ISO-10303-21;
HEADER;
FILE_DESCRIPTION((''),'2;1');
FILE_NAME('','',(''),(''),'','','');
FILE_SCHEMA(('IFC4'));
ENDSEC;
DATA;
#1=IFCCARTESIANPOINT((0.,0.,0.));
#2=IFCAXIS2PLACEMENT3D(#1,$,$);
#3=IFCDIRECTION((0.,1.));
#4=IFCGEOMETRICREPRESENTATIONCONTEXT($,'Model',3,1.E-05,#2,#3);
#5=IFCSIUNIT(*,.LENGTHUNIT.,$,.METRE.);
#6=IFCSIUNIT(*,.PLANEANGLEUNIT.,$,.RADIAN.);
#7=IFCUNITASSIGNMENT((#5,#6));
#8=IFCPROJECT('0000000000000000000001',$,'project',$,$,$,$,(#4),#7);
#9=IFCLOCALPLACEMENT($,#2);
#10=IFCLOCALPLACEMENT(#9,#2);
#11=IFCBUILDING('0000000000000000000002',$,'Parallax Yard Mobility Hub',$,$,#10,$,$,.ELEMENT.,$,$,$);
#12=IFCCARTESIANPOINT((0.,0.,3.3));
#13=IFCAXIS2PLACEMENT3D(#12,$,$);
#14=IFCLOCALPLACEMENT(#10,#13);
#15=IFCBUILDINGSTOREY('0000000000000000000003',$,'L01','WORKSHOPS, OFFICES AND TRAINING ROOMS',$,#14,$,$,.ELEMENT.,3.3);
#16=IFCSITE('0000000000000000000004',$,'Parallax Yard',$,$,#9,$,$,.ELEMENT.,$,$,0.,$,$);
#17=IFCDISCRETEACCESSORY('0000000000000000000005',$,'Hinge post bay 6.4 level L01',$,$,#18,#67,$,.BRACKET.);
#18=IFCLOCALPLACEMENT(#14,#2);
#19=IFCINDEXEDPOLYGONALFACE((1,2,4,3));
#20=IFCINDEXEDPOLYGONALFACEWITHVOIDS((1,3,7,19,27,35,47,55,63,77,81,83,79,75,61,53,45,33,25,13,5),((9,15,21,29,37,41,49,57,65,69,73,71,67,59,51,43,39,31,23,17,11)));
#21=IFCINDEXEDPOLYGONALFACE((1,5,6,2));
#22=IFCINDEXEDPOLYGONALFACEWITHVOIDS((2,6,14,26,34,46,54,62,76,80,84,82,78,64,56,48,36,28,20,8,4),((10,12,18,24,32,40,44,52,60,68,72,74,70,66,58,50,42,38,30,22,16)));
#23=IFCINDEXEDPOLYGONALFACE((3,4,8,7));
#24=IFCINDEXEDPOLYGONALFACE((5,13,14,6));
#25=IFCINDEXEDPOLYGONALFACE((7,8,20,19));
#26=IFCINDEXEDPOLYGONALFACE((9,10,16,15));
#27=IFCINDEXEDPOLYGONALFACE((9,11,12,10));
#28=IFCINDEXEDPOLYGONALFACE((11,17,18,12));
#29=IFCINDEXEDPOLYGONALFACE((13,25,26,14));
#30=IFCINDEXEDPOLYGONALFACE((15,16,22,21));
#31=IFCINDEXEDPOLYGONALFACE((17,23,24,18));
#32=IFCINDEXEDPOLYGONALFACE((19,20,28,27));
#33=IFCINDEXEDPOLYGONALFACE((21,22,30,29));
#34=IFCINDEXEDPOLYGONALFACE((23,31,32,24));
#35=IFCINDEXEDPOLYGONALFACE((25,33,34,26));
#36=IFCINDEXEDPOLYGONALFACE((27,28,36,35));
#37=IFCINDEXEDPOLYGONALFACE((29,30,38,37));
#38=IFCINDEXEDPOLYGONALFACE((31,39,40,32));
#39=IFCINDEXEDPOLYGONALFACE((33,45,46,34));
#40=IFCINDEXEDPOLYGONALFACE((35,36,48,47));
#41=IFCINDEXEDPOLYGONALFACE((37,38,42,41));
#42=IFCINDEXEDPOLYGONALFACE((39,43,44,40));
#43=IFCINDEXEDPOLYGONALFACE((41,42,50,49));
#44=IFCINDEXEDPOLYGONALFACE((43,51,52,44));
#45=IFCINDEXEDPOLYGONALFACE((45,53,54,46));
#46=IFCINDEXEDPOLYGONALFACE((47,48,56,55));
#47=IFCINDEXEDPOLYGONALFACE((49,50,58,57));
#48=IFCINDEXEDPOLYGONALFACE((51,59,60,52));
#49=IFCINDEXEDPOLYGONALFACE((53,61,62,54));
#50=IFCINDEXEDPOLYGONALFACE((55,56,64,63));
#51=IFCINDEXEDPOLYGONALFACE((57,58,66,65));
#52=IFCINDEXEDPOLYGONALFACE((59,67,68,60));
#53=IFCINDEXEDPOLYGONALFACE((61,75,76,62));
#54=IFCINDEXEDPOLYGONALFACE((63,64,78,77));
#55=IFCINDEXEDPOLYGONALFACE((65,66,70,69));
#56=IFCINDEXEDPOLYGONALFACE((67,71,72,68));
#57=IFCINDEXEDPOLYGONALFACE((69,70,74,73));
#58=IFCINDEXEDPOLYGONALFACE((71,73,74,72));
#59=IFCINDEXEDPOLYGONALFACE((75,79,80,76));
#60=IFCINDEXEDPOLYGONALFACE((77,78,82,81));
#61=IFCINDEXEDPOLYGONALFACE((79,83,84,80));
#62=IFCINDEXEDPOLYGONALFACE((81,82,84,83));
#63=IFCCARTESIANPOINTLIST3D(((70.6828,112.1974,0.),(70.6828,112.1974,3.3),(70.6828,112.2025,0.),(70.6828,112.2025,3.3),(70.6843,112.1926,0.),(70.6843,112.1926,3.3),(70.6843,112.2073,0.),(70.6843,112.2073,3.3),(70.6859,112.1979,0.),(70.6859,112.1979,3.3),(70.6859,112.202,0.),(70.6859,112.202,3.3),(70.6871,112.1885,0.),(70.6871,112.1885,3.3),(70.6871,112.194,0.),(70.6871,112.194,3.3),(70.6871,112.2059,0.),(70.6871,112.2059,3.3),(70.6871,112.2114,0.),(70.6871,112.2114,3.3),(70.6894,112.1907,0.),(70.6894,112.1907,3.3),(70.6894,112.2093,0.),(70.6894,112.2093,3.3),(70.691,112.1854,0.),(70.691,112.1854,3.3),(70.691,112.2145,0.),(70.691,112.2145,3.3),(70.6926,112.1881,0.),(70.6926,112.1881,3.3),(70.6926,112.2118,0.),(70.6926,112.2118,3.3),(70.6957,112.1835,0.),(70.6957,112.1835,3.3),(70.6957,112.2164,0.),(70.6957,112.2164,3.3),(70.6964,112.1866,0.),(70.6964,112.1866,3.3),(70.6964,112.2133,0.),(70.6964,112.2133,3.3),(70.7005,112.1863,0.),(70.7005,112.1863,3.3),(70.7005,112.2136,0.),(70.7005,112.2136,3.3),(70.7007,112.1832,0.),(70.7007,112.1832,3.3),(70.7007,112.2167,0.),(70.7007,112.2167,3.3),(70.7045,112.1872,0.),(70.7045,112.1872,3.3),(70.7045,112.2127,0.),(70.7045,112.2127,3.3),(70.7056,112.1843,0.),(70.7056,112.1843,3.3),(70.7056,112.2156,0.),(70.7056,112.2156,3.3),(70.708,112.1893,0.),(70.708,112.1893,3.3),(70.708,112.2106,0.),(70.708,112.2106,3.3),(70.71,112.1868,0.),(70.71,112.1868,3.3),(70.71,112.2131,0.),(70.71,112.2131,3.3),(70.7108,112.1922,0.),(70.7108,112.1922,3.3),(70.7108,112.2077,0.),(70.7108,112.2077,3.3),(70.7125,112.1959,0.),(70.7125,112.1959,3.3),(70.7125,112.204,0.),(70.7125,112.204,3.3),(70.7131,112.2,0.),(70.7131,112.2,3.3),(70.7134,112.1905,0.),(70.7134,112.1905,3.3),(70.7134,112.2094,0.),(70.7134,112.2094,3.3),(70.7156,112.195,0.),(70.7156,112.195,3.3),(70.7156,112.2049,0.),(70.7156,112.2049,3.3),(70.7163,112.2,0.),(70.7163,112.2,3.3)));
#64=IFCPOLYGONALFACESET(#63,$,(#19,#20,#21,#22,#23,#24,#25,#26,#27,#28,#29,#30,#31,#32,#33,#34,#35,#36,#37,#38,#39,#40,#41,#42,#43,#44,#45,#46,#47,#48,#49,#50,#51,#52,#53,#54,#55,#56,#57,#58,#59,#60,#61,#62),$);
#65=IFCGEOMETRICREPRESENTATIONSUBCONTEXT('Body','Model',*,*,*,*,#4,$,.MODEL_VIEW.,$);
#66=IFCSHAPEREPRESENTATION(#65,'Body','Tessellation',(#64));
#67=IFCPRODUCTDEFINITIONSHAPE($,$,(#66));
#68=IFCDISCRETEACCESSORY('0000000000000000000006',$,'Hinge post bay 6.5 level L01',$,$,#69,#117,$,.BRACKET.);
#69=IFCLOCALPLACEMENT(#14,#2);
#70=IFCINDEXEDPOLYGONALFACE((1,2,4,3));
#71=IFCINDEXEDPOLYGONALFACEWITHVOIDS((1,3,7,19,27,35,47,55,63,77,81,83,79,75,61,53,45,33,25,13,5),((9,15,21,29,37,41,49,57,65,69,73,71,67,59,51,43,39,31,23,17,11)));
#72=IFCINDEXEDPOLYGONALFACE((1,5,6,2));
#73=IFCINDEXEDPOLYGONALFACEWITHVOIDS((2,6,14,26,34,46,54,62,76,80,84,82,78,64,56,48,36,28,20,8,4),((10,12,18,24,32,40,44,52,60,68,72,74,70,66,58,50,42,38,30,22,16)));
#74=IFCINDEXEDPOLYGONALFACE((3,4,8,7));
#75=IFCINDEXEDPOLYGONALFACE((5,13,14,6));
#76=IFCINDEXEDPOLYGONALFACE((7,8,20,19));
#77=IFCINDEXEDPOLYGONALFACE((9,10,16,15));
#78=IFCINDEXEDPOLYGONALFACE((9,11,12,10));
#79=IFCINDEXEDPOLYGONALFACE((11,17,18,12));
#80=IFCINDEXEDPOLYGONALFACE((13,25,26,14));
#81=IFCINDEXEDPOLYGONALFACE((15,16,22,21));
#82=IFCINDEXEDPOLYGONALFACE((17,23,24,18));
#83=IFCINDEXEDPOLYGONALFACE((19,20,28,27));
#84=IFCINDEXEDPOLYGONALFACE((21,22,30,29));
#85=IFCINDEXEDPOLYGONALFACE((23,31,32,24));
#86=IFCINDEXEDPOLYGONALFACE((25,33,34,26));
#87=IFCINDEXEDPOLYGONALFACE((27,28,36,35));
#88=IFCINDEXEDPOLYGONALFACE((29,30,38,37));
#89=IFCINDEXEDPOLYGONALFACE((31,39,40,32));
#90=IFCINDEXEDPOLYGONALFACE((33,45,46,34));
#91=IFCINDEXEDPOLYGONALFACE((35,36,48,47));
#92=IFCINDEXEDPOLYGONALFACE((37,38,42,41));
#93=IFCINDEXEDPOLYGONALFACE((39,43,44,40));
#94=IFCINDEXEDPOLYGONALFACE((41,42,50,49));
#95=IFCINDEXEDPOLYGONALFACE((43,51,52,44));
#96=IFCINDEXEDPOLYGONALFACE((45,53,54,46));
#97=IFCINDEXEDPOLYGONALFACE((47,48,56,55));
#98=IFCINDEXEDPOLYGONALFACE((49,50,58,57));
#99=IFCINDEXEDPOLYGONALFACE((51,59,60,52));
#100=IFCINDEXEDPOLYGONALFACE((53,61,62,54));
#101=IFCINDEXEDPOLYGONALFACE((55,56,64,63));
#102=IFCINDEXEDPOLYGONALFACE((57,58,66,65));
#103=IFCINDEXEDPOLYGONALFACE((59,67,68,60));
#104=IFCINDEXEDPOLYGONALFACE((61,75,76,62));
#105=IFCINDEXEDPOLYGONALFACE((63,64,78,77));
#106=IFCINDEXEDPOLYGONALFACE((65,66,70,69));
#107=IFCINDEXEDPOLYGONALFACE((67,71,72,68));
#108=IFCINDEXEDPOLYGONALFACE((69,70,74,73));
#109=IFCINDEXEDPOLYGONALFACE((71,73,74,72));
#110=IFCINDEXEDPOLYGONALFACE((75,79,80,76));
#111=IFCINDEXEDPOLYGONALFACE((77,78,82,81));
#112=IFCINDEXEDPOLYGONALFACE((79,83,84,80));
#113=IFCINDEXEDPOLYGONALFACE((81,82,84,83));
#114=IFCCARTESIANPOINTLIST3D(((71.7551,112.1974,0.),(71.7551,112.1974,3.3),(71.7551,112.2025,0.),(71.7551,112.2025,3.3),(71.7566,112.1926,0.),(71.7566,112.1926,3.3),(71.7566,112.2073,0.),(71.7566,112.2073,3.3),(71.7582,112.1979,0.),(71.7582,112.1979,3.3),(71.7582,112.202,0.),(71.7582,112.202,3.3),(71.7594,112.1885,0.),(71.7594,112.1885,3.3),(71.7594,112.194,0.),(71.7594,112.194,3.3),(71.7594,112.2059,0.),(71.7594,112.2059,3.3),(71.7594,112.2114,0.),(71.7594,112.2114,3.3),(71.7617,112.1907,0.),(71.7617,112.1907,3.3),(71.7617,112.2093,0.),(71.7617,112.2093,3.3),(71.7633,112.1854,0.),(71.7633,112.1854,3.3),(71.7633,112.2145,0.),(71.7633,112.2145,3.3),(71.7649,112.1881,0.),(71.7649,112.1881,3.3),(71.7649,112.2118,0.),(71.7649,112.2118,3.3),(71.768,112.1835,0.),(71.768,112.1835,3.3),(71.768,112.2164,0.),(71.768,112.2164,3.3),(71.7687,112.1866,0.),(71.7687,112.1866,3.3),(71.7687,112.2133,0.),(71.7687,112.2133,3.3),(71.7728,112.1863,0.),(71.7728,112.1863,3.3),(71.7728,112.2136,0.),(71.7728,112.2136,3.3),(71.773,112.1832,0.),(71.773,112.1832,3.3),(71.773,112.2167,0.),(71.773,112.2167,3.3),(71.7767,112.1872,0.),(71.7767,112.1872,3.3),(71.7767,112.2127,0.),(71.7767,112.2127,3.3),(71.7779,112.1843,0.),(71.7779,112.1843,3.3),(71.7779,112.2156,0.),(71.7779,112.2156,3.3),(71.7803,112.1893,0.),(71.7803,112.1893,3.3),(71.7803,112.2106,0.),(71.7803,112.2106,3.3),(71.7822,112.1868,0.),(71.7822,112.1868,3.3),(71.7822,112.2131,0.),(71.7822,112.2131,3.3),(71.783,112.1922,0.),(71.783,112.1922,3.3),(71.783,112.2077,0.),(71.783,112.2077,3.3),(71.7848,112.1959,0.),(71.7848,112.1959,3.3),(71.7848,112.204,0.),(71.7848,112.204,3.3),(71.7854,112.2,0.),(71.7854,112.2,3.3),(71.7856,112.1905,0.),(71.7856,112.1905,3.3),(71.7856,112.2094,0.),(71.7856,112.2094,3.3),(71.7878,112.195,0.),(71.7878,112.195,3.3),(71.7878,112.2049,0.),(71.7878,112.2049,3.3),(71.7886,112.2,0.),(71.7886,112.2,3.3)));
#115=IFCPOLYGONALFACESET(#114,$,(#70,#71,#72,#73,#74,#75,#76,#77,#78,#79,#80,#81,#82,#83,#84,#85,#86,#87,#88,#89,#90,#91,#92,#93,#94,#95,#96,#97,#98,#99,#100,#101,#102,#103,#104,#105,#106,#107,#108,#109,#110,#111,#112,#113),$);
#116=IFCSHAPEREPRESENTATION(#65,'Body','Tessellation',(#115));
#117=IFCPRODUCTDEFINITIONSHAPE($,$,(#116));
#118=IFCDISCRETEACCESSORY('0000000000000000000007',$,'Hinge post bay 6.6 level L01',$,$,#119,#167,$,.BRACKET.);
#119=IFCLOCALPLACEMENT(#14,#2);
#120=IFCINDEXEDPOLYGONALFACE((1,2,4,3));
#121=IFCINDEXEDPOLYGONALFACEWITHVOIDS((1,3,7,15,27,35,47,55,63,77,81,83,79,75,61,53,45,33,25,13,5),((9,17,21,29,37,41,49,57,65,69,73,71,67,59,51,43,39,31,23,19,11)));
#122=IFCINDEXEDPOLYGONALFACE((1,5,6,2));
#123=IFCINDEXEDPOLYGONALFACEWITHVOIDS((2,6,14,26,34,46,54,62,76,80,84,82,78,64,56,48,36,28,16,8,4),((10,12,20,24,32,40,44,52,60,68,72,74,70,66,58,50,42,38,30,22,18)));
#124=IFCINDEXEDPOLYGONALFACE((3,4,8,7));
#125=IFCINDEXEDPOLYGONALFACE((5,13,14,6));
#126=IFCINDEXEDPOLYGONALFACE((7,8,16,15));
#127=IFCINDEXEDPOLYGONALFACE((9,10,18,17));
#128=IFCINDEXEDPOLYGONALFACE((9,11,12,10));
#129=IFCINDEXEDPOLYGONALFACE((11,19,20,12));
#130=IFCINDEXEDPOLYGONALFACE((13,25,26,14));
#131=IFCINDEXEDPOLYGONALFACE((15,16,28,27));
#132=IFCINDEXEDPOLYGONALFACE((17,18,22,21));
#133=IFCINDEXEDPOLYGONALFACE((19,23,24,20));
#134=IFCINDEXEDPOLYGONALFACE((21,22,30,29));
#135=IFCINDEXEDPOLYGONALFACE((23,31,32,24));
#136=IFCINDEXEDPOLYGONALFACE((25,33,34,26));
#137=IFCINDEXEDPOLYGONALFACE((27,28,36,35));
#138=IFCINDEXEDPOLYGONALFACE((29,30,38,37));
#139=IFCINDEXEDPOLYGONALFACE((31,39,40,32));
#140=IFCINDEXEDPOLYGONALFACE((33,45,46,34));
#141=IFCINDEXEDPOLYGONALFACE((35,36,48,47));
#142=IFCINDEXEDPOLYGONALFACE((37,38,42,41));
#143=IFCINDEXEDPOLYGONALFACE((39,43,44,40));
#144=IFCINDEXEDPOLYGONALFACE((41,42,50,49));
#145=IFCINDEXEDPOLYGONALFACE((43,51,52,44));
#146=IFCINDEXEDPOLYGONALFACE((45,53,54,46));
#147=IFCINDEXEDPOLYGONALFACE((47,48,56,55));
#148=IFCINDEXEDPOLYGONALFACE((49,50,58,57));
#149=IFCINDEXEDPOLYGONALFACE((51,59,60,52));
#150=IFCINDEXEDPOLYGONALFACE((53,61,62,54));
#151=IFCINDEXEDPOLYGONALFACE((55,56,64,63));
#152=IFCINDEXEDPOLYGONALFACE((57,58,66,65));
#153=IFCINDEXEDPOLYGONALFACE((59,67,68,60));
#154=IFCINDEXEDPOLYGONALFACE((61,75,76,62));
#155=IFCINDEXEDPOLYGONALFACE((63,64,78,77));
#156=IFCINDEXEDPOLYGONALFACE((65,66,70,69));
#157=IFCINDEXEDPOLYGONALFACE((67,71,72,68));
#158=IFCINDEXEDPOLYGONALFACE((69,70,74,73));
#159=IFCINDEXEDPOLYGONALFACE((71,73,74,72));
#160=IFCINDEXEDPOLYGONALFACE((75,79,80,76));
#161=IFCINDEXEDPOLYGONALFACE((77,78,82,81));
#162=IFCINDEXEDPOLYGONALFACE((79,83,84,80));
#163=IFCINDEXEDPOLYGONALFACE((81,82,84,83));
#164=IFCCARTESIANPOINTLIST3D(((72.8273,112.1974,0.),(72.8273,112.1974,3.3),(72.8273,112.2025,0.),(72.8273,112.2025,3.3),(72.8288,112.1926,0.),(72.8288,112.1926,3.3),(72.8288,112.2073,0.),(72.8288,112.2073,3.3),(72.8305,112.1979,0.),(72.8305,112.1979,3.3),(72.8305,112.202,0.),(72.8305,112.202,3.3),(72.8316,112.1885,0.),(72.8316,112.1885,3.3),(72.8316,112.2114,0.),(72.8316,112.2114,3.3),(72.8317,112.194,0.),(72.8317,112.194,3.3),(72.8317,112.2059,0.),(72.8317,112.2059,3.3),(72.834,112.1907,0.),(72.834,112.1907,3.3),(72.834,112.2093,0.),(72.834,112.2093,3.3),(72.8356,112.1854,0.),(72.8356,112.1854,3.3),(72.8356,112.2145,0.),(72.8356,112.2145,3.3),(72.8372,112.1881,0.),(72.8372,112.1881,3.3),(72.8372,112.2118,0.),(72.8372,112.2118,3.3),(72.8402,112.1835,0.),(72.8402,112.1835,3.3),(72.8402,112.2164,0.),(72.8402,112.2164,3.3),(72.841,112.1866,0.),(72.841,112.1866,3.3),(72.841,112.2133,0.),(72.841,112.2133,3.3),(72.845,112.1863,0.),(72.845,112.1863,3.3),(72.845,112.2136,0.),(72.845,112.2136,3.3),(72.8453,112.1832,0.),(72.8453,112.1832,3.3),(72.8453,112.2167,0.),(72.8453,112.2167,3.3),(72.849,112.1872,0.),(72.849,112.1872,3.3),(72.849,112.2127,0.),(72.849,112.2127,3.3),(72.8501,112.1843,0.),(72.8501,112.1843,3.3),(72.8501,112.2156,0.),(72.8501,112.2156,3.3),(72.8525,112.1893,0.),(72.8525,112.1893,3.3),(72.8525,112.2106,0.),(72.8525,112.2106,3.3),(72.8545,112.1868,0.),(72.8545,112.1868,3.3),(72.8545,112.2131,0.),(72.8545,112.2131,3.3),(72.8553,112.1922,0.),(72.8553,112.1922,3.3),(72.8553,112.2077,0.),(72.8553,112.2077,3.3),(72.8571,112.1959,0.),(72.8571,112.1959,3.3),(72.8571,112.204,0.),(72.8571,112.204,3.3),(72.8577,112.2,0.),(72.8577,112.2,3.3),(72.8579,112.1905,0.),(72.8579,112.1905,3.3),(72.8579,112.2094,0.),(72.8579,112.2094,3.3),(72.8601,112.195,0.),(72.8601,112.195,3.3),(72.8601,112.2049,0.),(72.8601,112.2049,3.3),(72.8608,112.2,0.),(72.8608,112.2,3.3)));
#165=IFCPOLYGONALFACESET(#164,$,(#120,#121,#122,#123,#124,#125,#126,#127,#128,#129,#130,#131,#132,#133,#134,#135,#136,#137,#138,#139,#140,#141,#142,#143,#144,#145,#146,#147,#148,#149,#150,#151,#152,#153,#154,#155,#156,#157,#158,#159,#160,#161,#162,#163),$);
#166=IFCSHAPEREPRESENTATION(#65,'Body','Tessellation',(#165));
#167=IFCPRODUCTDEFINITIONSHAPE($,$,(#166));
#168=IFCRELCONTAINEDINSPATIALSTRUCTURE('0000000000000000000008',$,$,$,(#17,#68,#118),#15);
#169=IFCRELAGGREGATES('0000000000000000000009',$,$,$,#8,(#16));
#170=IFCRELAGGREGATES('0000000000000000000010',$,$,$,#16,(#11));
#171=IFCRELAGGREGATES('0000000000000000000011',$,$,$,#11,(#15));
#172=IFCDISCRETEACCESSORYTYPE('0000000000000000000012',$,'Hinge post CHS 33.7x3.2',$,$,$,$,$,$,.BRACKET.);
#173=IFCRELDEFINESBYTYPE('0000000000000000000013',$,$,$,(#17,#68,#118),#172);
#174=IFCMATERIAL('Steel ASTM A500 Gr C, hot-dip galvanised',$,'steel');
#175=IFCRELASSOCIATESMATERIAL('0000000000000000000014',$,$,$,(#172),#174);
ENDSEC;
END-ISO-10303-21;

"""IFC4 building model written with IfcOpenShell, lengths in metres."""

from ifc_helpers import new_model, si_unit, direction, frame, origin, origin_2d, place, context, subcontext, project, spatial, hollow_circle, extrude, material, material_profile, profile_set, type_object, element, save


model = new_model("IFC4")

# Units and contexts
model_context = context("Model", 3, precision=1e-05, world=origin(), true_north=direction((0.0, 1.0)))
body_context = subcontext(model_context, "Body", "Model", "MODEL_VIEW")
ifc_project = project(units=[si_unit("LENGTHUNIT", "METRE"), si_unit("PLANEANGLEUNIT", "RADIAN")], contexts=[model_context])

# Site, building, storey
site_placement = place(None, origin())
site = spatial("IfcSite", under=ifc_project, at=site_placement, Name="Parallax Yard", CompositionType="ELEMENT", RefElevation=0.0)
building_placement = place(site_placement, origin())
building = spatial("IfcBuilding", under=site, at=building_placement, Name="Parallax Yard Mobility Hub", CompositionType="ELEMENT")
storey_placement = place(building_placement, frame((0.0, 0.0, 3.3)))
storey = spatial("IfcBuildingStorey", under=building, at=storey_placement, Name="L01", Description="WORKSHOPS, OFFICES AND TRAINING ROOMS", CompositionType="ELEMENT", Elevation=3.3)

# Discrete accessories
ifc_material_1 = material(Name="Steel ASTM A500 Gr C, hot-dip galvanised", Category="steel")
ifc_material_profile_1 = material_profile(ifc_material_1, hollow_circle(Radius=0.0168, WallThickness=0.0032, at=origin_2d()), Name="CHS 33.7x3.2")
ifc_profile_set_1 = profile_set([ifc_material_profile_1], Name="Steel ASTM A500 Gr C, hot-dip galvanised")
discrete_accessory_type_1 = type_object("IfcDiscreteAccessoryType", Name="Hinge post CHS 33.7x3.2", PredefinedType="BRACKET", material=ifc_profile_set_1)
for number, where, z_axis, x_axis, name in (
    (1, (70.6995, 112.2, 0.0), (0.0, 0.0, 1.0), (1.0, 0.0, 0.0), "Hinge post bay 6.4 level L01"),
    (2, (71.7717, 112.2, 0.0), (0.0, 0.0, 1.0), (1.0, 0.0, 0.0), "Hinge post bay 6.5 level L01"),
    (3, (72.844, 112.2, 0.0), (0.0, 0.0, 1.0), (1.0, 0.0, 0.0), "Hinge post bay 6.6 level L01"),
):
    element("IfcDiscreteAccessory", number, at=place(storey_placement, frame(where, z_axis=z_axis, x_axis=x_axis)), inside=storey, type_object=discrete_accessory_type_1, Name=name, PredefinedType="BRACKET", context=body_context, shape_type="SweptSolid", body=[
        extrude(hollow_circle(Radius=0.0168, WallThickness=0.0032, at=origin_2d()), origin(), (0.0, 0.0, 1.0), 3.3),
    ])

save(model, "model.ifc")
